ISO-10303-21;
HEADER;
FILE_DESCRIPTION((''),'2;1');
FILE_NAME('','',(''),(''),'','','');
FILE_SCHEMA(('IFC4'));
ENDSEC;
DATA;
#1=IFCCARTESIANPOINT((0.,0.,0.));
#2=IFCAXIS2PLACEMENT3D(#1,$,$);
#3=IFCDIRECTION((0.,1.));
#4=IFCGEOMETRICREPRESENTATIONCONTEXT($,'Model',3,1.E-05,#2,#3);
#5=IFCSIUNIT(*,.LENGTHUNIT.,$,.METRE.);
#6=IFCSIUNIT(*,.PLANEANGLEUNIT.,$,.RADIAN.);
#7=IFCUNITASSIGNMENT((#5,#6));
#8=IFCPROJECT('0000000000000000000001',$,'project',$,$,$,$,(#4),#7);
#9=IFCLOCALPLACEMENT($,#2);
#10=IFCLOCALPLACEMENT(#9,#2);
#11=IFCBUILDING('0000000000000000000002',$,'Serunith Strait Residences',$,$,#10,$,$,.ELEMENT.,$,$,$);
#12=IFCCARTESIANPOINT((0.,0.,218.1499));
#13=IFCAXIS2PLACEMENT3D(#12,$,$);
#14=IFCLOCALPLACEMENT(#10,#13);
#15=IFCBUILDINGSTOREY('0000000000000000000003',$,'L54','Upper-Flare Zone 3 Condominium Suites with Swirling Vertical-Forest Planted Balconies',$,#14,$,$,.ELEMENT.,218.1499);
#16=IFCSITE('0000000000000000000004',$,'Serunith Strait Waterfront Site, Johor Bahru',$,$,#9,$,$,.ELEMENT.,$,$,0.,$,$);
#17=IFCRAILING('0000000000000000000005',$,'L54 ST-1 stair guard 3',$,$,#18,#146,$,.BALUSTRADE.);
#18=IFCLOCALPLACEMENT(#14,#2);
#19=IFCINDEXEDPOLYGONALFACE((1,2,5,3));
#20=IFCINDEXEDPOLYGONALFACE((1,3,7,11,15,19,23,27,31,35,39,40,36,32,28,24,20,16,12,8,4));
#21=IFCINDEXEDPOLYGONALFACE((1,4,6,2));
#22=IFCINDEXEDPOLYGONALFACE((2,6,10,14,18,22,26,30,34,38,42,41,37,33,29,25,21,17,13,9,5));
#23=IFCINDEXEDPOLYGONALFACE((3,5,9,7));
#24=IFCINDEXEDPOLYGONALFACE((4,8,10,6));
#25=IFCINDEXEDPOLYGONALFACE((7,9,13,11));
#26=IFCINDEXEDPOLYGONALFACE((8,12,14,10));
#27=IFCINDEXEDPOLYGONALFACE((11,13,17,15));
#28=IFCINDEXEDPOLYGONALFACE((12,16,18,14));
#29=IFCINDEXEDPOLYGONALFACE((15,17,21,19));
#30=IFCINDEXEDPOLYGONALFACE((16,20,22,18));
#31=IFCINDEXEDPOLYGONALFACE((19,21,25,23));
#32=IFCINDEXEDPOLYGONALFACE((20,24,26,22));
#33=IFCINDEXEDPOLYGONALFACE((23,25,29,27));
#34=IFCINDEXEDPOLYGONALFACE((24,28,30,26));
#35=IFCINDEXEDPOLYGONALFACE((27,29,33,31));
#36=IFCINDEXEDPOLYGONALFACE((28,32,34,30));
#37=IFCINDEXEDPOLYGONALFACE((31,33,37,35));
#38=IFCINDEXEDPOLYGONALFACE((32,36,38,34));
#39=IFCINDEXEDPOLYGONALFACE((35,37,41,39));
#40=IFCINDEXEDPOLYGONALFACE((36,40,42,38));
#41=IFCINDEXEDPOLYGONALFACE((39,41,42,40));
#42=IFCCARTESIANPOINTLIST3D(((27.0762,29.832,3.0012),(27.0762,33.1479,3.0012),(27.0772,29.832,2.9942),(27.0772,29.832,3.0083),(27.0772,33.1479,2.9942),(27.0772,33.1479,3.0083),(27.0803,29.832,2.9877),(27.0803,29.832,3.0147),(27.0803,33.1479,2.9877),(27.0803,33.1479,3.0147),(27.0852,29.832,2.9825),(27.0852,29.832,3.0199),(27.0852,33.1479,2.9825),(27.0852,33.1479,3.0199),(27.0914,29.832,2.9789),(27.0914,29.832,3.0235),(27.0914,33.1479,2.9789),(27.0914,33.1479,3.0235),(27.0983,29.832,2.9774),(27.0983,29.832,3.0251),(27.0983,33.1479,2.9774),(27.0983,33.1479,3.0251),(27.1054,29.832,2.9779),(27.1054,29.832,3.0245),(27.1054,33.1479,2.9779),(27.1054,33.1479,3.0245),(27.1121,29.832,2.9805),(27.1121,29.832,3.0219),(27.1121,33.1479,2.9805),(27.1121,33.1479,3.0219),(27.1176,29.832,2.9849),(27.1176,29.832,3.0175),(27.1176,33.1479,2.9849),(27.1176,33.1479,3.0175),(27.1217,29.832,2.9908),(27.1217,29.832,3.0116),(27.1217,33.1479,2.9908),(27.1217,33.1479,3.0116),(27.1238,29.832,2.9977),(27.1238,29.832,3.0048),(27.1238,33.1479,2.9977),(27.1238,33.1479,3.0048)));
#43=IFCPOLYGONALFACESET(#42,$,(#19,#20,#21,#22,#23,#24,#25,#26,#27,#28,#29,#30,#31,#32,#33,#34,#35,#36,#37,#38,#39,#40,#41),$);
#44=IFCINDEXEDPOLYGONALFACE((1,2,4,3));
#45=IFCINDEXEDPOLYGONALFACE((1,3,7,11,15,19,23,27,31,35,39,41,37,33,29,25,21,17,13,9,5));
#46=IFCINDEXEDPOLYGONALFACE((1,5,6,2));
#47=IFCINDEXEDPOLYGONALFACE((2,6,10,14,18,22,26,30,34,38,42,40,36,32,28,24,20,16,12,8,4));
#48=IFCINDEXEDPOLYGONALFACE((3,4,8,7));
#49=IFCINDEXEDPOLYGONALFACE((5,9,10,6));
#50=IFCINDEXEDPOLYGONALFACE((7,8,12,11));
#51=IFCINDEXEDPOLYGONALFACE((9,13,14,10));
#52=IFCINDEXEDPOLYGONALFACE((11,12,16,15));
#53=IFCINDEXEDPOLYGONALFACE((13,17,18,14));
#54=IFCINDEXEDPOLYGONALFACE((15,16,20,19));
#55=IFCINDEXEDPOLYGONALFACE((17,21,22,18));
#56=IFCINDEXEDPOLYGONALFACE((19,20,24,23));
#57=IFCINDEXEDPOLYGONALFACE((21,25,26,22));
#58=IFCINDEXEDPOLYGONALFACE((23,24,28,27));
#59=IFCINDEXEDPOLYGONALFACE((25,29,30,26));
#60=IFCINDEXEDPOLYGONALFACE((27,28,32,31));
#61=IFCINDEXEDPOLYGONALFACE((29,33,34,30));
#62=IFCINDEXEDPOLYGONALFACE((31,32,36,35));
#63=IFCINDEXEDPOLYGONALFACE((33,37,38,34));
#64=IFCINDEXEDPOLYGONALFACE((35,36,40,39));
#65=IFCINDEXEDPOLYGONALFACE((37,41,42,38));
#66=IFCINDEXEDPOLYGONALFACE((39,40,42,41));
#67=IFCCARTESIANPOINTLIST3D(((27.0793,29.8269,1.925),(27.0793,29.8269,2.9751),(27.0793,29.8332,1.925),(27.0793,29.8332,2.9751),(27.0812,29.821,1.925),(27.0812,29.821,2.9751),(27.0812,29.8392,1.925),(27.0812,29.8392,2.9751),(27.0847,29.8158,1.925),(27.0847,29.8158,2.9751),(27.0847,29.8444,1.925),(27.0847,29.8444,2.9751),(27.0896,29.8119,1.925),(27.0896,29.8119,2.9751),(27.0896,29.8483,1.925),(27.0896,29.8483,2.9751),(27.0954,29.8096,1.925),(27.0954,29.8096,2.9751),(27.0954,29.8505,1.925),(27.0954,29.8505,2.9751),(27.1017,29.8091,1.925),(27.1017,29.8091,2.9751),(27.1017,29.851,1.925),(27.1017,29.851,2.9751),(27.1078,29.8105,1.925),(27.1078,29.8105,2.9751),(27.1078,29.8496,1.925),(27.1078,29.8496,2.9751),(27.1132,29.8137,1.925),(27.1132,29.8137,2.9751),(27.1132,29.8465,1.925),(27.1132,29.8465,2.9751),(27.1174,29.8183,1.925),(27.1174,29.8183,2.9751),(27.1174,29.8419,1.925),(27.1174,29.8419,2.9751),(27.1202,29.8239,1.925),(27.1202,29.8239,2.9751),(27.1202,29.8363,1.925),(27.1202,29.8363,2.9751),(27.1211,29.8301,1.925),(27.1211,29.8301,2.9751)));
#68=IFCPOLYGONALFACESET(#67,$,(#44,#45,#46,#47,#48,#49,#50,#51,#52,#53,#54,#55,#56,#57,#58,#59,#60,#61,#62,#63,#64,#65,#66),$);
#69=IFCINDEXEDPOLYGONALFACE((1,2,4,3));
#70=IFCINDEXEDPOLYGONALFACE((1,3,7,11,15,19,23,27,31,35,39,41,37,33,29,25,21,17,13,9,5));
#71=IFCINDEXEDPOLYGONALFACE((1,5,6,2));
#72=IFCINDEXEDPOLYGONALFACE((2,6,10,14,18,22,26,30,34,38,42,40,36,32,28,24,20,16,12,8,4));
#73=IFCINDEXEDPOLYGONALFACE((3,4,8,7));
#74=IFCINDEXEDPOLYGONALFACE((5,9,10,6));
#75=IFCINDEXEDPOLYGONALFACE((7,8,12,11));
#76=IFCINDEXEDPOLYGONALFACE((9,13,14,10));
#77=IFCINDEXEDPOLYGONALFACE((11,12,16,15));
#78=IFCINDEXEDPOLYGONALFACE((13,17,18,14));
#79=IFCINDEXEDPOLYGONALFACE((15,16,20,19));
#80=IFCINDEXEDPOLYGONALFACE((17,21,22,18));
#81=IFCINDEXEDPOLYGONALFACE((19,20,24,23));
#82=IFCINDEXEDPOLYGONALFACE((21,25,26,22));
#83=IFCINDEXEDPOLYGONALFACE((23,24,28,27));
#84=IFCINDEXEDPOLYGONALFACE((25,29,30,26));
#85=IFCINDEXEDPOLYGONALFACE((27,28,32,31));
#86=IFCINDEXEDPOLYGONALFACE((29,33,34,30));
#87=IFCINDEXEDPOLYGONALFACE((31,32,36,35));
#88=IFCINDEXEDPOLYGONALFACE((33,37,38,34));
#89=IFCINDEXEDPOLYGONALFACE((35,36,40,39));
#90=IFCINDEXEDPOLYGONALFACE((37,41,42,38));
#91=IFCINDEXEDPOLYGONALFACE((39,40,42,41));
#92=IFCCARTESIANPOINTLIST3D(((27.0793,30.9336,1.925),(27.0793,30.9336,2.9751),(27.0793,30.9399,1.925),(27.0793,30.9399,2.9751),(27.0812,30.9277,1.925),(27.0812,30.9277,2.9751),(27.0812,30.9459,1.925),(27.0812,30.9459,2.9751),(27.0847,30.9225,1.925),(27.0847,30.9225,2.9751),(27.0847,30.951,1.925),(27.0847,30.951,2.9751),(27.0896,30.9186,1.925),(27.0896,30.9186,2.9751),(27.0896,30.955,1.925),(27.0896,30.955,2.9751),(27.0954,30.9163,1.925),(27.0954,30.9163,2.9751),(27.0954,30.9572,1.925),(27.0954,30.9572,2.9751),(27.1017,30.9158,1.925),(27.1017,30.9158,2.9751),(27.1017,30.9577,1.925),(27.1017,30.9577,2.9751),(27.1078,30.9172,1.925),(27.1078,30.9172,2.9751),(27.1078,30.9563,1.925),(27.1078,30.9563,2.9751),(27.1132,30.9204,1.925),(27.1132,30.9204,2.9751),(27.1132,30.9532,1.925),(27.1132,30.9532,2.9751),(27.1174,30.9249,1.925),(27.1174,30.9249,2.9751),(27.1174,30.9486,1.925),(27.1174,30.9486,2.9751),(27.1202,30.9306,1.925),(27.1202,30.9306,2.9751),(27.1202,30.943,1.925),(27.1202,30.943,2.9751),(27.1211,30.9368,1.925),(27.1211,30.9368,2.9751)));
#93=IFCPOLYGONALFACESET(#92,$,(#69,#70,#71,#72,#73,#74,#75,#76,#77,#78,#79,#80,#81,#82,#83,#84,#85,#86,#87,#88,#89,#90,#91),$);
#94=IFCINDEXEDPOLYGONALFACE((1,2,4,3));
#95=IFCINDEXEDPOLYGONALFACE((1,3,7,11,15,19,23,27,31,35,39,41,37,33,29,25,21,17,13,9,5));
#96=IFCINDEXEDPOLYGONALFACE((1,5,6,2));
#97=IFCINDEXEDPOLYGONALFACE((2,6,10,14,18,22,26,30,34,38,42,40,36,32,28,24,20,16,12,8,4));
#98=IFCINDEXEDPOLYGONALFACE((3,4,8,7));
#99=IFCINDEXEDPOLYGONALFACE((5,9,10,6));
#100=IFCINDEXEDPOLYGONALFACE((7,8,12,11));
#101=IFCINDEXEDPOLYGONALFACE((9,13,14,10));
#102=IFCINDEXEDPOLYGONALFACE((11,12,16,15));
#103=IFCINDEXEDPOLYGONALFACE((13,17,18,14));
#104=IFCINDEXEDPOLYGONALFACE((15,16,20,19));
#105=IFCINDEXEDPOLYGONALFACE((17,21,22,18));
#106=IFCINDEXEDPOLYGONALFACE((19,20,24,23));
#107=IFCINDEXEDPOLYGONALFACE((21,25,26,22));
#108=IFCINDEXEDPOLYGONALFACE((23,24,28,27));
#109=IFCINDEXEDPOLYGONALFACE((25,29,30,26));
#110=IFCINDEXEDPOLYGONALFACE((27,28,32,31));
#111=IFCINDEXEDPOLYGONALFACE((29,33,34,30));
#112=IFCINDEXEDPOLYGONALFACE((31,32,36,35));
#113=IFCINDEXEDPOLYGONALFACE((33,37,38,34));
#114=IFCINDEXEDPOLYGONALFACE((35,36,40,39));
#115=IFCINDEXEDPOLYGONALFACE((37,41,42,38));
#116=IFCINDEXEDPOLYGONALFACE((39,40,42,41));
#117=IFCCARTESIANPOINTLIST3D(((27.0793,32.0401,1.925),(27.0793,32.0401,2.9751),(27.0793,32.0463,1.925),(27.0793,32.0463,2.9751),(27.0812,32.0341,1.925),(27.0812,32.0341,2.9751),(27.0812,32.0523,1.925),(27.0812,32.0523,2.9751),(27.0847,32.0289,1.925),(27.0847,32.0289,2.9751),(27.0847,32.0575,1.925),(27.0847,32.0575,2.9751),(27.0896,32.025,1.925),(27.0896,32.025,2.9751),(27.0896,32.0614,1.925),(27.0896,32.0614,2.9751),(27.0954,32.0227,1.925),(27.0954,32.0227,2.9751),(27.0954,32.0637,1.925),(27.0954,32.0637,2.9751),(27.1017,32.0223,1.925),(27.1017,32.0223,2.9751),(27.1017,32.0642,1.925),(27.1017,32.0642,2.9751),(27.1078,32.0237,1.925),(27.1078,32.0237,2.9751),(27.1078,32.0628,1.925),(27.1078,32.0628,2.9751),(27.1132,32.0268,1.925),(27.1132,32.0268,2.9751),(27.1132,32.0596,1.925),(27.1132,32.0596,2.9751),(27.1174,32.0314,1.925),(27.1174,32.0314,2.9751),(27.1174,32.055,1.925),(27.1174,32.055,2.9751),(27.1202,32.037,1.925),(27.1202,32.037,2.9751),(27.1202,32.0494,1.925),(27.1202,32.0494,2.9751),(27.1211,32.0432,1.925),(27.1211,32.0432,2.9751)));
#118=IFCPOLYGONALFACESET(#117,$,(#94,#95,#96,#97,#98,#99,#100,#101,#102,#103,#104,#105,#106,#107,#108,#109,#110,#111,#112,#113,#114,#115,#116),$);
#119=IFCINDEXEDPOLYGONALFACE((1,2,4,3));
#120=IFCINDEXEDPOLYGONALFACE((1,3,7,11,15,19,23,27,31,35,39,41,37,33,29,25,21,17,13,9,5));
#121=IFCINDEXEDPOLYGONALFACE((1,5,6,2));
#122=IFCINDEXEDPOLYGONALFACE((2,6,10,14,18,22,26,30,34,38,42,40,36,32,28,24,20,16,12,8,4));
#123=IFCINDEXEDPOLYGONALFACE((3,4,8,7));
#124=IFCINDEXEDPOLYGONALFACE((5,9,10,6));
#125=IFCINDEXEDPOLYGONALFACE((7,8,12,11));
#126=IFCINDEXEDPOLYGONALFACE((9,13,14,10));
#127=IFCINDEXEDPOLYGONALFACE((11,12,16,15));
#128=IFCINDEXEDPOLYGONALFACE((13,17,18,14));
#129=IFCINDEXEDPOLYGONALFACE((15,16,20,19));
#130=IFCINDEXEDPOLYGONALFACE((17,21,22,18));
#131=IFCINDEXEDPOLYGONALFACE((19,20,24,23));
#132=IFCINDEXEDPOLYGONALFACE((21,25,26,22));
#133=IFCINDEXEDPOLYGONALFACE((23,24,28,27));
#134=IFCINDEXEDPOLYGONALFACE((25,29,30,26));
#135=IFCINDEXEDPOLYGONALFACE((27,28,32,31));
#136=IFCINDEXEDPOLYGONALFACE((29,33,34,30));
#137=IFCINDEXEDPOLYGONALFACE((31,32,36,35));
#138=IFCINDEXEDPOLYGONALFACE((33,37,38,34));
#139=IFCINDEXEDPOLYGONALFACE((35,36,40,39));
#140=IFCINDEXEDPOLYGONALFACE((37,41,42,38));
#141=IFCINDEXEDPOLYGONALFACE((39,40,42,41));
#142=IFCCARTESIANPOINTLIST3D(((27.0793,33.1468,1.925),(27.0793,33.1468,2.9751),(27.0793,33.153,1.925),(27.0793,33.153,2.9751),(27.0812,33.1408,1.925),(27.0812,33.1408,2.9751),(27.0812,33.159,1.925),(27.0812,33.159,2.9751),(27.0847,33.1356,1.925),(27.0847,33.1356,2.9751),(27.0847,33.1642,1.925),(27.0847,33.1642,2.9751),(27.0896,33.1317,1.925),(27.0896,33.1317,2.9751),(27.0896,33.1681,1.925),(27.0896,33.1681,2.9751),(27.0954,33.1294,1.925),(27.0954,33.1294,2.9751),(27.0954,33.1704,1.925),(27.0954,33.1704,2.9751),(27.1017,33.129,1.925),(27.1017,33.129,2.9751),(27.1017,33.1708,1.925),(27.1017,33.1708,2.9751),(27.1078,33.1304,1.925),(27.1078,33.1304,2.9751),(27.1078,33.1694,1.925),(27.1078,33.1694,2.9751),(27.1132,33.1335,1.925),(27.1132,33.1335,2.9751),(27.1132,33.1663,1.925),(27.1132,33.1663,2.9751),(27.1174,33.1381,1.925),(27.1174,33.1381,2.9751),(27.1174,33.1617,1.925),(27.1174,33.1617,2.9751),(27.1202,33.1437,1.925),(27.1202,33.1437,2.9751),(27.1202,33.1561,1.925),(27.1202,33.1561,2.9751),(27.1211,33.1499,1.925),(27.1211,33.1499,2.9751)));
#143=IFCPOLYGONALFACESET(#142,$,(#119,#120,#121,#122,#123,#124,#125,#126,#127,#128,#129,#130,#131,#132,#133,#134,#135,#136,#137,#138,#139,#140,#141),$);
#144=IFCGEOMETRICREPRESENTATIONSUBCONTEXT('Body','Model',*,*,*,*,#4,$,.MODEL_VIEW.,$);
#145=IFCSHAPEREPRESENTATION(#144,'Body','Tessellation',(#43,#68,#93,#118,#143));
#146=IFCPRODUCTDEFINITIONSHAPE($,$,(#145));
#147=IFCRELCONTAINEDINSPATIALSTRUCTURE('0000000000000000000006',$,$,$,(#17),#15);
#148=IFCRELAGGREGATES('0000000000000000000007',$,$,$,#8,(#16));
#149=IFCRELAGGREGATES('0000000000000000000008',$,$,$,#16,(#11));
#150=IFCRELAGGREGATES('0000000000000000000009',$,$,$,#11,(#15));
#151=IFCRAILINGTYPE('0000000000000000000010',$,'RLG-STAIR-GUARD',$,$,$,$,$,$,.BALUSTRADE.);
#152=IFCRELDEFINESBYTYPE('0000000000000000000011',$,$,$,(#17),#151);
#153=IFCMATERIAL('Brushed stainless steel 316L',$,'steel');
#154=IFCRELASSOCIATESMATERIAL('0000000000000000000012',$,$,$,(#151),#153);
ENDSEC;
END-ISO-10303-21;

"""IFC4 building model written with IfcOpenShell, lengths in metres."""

from ifc_helpers import new_model, si_unit, direction, frame, origin, origin_2d, place, context, subcontext, project, spatial, circle, extrude, material, type_object, element, save


model = new_model("IFC4")

# Units and contexts
model_context = context("Model", 3, precision=1e-05, world=origin(), true_north=direction((0.0, 1.0)))
body_context = subcontext(model_context, "Body", "Model", "MODEL_VIEW")
ifc_project = project(units=[si_unit("LENGTHUNIT", "METRE"), si_unit("PLANEANGLEUNIT", "RADIAN")], contexts=[model_context])

# Site, building, storey
site_placement = place(None, origin())
site = spatial("IfcSite", under=ifc_project, at=site_placement, Name="Serunith Strait Waterfront Site, Johor Bahru", CompositionType="ELEMENT", RefElevation=0.0)
building_placement = place(site_placement, origin())
building = spatial("IfcBuilding", under=site, at=building_placement, Name="Serunith Strait Residences", CompositionType="ELEMENT")
storey_placement = place(building_placement, frame((0.0, 0.0, 218.1499)))
storey = spatial("IfcBuildingStorey", under=building, at=storey_placement, Name="L54", Description="Upper-Flare Zone 3 Condominium Suites with Swirling Vertical-Forest Planted Balconies", CompositionType="ELEMENT", Elevation=218.1499)

# Railing
ifc_material_1 = material(Name="Brushed stainless steel 316L", Category="steel")
railing_type_1 = type_object("IfcRailingType", Name="RLG-STAIR-GUARD", PredefinedType="BALUSTRADE", material=ifc_material_1)
for number, where, name in (
    (1, (27.1001, 29.8301, 1.925), "L54 ST-1 stair guard 3"),
):
    element("IfcRailing", number, at=place(storey_placement, frame(where)), inside=storey, type_object=railing_type_1, Name=name, PredefinedType="BALUSTRADE", context=body_context, shape_type="SweptSolid", body=[
        extrude(circle(Radius=0.0239, at=origin_2d()), frame((0.0, 0.002, 1.0762), z_axis=(0.0, 1.0, 0.0), x_axis=(-1.0, 0.0, 0.0)), (0.0, 0.0, 1.0), 3.3159),
        extrude(circle(Radius=0.021, at=origin_2d()), origin(), (0.0, 0.0, 1.0), 1.05),
        extrude(circle(Radius=0.021, at=origin_2d()), frame((0.0, 1.1067, 0.0)), (0.0, 0.0, 1.0), 1.05),
        extrude(circle(Radius=0.021, at=origin_2d()), frame((0.0, 2.2131, 0.0)), (0.0, 0.0, 1.0), 1.05),
        extrude(circle(Radius=0.021, at=origin_2d()), frame((0.0, 3.3198, 0.0)), (0.0, 0.0, 1.0), 1.05),
    ])

save(model, "model.ifc")
